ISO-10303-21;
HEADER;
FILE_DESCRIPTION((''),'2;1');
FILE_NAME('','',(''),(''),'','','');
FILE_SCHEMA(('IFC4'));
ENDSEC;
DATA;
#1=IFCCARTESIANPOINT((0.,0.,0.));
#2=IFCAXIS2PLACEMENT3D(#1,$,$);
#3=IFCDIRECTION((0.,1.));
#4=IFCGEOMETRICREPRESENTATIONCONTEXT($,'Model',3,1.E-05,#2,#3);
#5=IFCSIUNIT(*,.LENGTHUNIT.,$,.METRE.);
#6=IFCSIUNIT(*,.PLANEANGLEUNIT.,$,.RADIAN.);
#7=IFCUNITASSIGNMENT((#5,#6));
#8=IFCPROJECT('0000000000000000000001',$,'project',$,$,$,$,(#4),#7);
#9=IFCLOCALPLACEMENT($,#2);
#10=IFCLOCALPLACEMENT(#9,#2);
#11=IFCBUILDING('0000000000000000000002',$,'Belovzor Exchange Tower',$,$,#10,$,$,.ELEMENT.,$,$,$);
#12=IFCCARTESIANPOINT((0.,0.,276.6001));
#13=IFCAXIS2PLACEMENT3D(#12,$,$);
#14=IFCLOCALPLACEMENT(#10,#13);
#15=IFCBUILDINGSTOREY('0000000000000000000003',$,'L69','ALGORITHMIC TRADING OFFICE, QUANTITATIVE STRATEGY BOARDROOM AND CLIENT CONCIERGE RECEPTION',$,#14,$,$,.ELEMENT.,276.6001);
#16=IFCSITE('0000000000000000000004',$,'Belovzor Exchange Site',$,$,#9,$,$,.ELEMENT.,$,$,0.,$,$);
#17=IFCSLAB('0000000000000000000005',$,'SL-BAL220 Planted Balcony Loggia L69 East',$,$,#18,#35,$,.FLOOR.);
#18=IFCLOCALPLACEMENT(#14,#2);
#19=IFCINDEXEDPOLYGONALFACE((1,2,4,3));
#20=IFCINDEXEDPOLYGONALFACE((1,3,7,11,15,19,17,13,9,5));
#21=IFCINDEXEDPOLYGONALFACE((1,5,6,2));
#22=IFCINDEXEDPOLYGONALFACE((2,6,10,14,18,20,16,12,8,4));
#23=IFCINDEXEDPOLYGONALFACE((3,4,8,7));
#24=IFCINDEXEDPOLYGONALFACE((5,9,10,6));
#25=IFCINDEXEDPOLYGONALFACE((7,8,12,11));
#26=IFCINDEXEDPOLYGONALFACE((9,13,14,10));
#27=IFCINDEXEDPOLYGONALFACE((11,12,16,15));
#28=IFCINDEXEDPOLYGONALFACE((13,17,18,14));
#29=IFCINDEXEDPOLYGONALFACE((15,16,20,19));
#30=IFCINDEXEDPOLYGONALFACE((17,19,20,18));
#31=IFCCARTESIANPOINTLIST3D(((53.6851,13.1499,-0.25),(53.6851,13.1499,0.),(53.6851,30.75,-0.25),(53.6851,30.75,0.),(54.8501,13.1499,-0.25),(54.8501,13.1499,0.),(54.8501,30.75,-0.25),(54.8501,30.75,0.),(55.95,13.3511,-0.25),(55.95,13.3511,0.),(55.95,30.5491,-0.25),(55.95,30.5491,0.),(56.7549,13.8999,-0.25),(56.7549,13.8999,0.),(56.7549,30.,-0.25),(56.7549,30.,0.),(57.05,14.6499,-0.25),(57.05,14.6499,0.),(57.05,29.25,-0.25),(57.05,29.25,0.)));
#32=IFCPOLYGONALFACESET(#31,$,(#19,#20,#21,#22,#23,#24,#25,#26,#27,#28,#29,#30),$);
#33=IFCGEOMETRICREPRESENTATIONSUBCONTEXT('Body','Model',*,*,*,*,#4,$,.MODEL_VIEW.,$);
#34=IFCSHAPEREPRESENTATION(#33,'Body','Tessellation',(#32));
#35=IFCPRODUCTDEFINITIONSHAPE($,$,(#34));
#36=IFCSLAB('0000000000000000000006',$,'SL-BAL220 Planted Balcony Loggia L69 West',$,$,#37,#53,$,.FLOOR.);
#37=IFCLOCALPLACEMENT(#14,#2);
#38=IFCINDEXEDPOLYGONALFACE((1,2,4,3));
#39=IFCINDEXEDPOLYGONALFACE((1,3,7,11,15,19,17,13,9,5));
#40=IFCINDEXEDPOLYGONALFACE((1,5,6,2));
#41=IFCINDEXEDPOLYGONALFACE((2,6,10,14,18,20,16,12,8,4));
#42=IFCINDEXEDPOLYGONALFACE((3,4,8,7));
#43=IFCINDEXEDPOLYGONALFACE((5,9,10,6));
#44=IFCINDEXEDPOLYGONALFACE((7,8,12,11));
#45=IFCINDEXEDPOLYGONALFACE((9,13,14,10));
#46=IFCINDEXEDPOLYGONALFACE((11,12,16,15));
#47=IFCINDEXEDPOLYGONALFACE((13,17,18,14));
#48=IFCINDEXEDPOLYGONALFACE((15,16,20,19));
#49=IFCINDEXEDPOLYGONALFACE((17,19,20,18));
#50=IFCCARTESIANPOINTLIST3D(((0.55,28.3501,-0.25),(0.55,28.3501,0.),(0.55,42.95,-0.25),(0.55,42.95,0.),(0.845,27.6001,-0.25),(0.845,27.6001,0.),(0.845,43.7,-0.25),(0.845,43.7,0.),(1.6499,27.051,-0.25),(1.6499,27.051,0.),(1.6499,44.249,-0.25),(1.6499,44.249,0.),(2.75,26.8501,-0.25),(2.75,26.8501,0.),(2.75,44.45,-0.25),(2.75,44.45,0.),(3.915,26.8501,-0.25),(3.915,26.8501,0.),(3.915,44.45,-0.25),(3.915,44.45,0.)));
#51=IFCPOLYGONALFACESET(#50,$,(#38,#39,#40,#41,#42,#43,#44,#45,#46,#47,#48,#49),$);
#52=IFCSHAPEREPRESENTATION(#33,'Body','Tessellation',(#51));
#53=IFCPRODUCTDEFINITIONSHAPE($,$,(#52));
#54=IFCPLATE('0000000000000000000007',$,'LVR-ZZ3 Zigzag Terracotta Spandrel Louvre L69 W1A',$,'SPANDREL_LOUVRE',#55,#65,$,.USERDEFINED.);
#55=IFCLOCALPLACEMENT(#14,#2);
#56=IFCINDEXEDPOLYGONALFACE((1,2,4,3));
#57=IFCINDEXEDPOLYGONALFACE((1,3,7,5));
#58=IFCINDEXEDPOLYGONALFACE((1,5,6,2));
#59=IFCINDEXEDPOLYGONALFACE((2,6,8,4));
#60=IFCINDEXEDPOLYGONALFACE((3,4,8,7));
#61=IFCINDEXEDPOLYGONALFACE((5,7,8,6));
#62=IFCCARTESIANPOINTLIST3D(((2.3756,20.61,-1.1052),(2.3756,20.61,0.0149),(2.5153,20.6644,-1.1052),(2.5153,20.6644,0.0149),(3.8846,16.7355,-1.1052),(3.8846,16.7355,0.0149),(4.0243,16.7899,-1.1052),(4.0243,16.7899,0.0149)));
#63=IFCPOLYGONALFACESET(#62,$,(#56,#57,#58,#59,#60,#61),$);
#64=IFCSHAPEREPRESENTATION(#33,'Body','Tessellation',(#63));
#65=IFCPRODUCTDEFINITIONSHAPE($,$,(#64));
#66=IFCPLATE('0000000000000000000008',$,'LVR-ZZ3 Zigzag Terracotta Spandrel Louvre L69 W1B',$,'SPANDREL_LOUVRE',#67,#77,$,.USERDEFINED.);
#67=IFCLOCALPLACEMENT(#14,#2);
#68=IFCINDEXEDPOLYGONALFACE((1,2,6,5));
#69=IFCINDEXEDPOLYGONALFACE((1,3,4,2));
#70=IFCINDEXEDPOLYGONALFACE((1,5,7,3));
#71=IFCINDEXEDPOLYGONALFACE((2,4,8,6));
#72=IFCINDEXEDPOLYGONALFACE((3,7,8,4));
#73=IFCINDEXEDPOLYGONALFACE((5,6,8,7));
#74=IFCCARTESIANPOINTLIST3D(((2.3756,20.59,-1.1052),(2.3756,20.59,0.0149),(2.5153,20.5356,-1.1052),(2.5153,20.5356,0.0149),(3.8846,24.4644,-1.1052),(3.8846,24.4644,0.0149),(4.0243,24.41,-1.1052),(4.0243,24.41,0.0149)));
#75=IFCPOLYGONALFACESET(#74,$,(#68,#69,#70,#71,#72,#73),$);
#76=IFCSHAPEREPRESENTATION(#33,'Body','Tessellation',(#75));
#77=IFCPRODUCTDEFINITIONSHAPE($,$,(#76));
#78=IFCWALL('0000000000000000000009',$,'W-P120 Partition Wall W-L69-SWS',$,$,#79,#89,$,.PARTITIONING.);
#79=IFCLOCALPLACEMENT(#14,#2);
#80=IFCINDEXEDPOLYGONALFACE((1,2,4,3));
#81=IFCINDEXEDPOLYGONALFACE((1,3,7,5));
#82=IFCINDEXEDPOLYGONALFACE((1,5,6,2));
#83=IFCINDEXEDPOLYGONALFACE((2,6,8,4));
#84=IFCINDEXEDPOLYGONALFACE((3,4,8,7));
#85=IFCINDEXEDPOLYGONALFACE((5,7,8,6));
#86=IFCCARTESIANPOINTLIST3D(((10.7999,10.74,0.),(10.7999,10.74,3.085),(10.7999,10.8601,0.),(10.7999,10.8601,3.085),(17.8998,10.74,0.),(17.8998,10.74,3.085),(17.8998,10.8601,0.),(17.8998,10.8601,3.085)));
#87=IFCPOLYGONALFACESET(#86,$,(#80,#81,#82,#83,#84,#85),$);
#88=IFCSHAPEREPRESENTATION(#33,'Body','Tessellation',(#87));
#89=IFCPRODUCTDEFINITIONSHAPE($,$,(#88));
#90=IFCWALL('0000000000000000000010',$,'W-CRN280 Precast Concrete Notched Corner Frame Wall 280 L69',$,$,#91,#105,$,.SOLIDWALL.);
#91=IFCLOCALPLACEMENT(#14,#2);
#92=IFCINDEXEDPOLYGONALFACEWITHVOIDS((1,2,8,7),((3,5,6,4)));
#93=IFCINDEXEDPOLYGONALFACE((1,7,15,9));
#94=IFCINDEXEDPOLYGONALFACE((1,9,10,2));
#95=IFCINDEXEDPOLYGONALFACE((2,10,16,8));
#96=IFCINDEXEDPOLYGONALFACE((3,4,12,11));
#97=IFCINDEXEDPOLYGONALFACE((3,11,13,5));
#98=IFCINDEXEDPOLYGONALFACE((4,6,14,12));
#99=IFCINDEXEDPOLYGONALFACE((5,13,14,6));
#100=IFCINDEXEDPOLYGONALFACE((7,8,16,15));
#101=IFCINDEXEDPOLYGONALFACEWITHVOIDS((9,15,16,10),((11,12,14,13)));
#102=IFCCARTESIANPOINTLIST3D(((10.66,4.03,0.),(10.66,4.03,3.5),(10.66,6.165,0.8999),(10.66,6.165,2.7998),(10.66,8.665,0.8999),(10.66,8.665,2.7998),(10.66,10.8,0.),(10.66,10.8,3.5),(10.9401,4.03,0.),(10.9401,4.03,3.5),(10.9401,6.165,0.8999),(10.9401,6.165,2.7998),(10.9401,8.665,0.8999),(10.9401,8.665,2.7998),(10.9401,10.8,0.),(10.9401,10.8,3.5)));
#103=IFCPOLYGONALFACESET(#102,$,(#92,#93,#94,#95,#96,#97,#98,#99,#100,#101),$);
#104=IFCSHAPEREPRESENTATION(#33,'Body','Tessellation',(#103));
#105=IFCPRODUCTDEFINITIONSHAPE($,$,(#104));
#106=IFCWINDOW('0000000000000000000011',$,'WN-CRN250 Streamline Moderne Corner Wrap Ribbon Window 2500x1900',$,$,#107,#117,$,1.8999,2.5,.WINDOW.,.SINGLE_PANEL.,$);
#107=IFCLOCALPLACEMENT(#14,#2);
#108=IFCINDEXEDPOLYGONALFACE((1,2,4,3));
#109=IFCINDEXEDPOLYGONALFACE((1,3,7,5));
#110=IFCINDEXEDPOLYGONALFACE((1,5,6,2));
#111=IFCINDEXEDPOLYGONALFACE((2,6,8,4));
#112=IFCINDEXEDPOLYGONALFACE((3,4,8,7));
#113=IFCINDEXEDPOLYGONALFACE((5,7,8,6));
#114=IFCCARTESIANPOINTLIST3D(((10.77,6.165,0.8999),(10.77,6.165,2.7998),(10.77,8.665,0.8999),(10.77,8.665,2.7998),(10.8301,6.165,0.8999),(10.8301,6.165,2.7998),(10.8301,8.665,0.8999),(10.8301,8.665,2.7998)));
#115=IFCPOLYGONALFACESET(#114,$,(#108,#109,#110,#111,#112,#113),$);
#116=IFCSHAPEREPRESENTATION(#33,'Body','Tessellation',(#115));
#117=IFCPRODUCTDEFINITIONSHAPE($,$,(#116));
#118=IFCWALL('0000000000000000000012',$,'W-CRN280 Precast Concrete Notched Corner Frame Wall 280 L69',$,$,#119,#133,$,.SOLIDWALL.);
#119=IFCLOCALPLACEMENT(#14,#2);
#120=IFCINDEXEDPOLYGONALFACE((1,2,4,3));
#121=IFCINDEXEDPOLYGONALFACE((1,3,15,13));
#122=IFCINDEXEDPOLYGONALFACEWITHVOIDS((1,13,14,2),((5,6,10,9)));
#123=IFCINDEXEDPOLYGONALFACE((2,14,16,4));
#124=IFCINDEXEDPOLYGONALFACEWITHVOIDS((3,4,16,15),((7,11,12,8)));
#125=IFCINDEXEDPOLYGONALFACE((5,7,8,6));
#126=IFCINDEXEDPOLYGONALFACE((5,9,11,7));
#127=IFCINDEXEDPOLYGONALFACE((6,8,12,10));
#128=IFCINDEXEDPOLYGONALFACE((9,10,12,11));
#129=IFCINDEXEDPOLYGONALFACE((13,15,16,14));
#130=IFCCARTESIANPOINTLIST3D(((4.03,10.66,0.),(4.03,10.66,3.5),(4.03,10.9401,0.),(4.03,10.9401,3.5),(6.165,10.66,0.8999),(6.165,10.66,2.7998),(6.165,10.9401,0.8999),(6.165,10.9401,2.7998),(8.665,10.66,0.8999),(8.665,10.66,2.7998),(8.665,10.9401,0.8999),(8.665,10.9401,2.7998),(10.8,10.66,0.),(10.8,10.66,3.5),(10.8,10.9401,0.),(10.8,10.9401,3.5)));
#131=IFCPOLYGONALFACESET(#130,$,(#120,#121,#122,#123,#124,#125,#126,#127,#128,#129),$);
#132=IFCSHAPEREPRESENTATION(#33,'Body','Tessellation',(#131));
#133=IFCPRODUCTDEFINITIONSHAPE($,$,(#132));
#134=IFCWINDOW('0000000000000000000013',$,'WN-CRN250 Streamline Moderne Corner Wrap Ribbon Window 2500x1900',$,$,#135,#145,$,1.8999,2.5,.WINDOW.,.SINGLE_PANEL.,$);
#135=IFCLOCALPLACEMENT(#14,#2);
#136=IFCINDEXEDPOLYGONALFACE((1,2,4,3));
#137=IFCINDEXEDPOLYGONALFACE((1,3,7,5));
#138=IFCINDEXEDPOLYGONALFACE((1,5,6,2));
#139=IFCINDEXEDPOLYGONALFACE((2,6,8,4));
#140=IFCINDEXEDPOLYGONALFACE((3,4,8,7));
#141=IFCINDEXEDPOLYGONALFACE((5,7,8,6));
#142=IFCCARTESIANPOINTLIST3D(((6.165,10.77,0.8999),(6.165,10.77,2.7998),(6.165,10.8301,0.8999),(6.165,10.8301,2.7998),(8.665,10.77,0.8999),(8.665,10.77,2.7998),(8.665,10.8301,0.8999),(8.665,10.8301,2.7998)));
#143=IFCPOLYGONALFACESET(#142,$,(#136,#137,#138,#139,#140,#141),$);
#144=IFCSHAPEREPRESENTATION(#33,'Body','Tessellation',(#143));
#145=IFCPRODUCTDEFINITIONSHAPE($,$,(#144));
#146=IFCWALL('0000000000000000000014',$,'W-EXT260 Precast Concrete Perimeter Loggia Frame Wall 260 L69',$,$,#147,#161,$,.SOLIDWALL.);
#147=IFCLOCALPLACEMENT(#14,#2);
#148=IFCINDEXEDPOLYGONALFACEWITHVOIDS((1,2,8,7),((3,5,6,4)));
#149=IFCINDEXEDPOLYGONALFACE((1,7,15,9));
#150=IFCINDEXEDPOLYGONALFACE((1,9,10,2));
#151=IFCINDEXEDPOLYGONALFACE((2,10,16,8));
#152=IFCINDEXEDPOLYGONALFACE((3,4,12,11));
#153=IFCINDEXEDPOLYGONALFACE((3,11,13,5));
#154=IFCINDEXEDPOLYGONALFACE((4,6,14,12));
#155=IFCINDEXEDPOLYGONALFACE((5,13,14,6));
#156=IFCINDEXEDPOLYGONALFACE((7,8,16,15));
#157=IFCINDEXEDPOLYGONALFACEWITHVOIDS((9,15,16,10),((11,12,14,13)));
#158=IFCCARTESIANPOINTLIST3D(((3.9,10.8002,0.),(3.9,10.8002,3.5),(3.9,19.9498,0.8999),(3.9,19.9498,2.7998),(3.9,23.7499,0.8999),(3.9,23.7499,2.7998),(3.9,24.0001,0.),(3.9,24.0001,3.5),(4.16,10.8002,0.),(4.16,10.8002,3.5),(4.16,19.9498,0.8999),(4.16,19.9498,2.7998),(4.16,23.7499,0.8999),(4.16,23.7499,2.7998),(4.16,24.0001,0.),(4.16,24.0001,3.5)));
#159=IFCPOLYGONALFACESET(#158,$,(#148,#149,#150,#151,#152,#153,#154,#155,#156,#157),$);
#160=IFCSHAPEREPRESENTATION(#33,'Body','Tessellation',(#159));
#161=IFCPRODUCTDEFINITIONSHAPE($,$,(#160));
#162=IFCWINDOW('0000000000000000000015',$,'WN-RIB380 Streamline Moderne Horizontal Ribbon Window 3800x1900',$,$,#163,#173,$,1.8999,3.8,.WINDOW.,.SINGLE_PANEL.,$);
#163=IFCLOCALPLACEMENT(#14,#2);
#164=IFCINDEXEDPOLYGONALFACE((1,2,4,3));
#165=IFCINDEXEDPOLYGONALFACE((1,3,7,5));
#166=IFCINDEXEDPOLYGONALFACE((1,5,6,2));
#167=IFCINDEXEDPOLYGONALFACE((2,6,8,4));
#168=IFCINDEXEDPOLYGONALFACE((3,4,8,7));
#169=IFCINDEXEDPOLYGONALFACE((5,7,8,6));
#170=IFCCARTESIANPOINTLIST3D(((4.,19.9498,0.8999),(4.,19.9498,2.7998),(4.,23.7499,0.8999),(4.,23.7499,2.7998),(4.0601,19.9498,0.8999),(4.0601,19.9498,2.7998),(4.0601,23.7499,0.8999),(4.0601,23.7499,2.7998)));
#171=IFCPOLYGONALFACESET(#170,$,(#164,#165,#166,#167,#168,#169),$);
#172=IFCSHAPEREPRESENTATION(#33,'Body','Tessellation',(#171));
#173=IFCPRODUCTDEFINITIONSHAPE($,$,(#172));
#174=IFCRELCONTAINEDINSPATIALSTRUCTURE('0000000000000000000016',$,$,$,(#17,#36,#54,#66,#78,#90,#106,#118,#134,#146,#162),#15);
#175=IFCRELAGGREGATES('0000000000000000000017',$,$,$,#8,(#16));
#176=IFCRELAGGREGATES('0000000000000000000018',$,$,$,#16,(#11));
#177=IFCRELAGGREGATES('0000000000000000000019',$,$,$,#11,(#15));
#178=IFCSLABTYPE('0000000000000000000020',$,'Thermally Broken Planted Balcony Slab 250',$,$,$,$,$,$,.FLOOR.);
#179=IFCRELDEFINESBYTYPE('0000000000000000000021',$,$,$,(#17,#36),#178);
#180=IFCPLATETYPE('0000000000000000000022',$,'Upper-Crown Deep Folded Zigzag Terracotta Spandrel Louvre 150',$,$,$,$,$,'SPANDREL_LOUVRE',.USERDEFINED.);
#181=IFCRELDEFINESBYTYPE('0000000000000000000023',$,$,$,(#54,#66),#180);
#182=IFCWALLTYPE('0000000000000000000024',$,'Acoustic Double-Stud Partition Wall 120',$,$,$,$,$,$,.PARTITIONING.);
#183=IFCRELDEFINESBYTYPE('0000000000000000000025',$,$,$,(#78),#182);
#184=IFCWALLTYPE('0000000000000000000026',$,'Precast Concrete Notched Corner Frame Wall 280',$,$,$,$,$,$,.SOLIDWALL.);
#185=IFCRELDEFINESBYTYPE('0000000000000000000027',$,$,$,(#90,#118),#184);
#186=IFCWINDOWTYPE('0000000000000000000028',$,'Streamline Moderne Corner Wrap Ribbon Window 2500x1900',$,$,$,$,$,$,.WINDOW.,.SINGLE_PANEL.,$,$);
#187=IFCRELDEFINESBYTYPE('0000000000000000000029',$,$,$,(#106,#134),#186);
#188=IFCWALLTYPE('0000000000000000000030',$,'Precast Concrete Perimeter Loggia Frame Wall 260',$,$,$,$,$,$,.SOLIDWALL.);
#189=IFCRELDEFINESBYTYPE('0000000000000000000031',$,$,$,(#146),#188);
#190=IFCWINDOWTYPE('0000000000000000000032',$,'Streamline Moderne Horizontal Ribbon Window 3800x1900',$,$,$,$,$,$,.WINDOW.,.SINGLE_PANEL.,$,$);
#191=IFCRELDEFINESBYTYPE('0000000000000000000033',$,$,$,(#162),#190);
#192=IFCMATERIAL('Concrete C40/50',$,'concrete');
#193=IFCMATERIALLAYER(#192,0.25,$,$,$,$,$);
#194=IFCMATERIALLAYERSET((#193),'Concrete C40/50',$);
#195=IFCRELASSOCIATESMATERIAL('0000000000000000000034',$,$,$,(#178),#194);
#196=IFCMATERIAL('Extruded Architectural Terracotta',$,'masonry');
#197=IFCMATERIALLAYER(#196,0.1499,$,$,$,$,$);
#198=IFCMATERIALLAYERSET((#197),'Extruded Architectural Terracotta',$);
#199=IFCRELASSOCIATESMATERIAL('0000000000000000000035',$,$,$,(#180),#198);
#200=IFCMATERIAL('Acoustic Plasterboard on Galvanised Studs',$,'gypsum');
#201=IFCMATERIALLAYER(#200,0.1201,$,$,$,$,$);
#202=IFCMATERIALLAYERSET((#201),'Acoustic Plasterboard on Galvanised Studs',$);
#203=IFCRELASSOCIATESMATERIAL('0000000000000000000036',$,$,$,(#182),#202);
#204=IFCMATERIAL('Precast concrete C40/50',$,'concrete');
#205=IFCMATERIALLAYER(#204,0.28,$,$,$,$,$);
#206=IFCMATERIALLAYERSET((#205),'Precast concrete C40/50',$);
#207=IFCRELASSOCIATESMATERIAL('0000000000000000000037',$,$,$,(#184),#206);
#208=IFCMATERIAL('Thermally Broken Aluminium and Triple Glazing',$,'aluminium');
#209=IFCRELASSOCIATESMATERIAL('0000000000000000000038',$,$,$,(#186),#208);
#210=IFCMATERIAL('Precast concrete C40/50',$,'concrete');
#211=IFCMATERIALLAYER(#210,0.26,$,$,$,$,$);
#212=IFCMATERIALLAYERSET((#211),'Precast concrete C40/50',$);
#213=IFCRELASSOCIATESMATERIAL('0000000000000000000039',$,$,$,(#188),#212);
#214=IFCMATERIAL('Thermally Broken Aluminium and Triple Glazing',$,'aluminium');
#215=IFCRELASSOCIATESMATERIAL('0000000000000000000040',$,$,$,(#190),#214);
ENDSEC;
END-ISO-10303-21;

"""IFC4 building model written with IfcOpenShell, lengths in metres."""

from ifc_helpers import new_model, si_unit, direction, frame, frame_2d, origin, origin_2d, place, context, subcontext, project, spatial, polyline, rectangle, outline, extrude, material, layer, layer_set, type_object, element, fill, save


model = new_model("IFC4")

# Units and contexts
model_context = context("Model", 3, precision=1e-05, world=origin(), true_north=direction((0.0, 1.0)))
body_context = subcontext(model_context, "Body", "Model", "MODEL_VIEW")
ifc_project = project(units=[si_unit("LENGTHUNIT", "METRE"), si_unit("PLANEANGLEUNIT", "RADIAN")], contexts=[model_context])

# Site, building, storey
site_placement = place(None, origin())
site = spatial("IfcSite", under=ifc_project, at=site_placement, Name="Belovzor Exchange Site", CompositionType="ELEMENT", RefElevation=0.0)
building_placement = place(site_placement, origin())
building = spatial("IfcBuilding", under=site, at=building_placement, Name="Belovzor Exchange Tower", CompositionType="ELEMENT")
storey_placement = place(building_placement, frame((0.0, 0.0, 276.6001)))
storey = spatial("IfcBuildingStorey", under=building, at=storey_placement, Name="L69", Description="ALGORITHMIC TRADING OFFICE, QUANTITATIVE STRATEGY BOARDROOM AND CLIENT CONCIERGE RECEPTION", CompositionType="ELEMENT", Elevation=276.6001)

# Slabs
ifc_material_1 = material(Name="Concrete C40/50", Category="concrete")
ifc_layer_1 = layer(ifc_material_1, 0.25)
ifc_layer_set_1 = layer_set([ifc_layer_1], Name="Concrete C40/50")
slab_type_1 = type_object("IfcSlabType", Name="Thermally Broken Planted Balcony Slab 250", PredefinedType="FLOOR", material=ifc_layer_set_1)
slab_1_placement = place(storey_placement, frame((0.0, 0.0, -0.25)))
element("IfcSlab", 1, at=slab_1_placement, inside=storey, type_object=slab_type_1, Name="SL-BAL220 Planted Balcony Loggia L69 East", PredefinedType="FLOOR", context=body_context, shape_type="SweptSolid", body=[
    extrude(outline(polyline([(53.6851, 13.1499), (54.8501, 13.1499), (55.95, 13.3511), (56.7549, 13.8999), (57.05, 14.6499), (57.05, 29.25), (56.7549, 30.0), (55.95, 30.5491), (54.8501, 30.75), (53.6851, 30.75), (53.6851, 13.1499)])), origin(), (0.0, 0.0, 1.0), 0.25),
])
slab_2_placement = place(storey_placement, frame((0.0, 0.0, -0.25)))
element("IfcSlab", 2, at=slab_2_placement, inside=storey, type_object=slab_type_1, Name="SL-BAL220 Planted Balcony Loggia L69 West", PredefinedType="FLOOR", context=body_context, shape_type="SweptSolid", body=[
    extrude(outline(polyline([(3.915, 44.45), (2.75, 44.45), (1.6499, 44.249), (0.845, 43.7), (0.55, 42.95), (0.55, 28.3501), (0.845, 27.6001), (1.6499, 27.051), (2.75, 26.8501), (3.915, 26.8501), (3.915, 44.45)])), origin(), (0.0, 0.0, 1.0), 0.25),
])

# Plates
ifc_material_2 = material(Name="Extruded Architectural Terracotta", Category="masonry")
ifc_layer_2 = layer(ifc_material_2, 0.1499)
ifc_layer_set_2 = layer_set([ifc_layer_2], Name="Extruded Architectural Terracotta")
plate_type_1 = type_object("IfcPlateType", Name="Upper-Crown Deep Folded Zigzag Terracotta Spandrel Louvre 150", ElementType="SPANDREL_LOUVRE", PredefinedType="USERDEFINED", material=ifc_layer_set_2)
for number, where, z_axis, x_axis, name in (
    (3, (3.2, 18.7, -1.1052), (0.0, 0.0, 1.0), (-0.362926, 0.931818, 0.0), "LVR-ZZ3 Zigzag Terracotta Spandrel Louvre L69 W1A"),
    (4, (3.2, 22.5, -1.1052), (0.0, 0.0, 1.0), (0.362926, 0.931818, 0.0), "LVR-ZZ3 Zigzag Terracotta Spandrel Louvre L69 W1B"),
):
    element("IfcPlate", number, at=place(storey_placement, frame(where, z_axis=z_axis, x_axis=x_axis)), inside=storey, type_object=plate_type_1, Name=name, ObjectType="SPANDREL_LOUVRE", PredefinedType="USERDEFINED", context=body_context, shape_type="SweptSolid", body=[
        extrude(rectangle(XDim=4.158, YDim=0.1499, at=origin_2d()), origin(), (0.0, 0.0, 1.0), 1.1201),
    ])

# Wall
ifc_material_3 = material(Name="Acoustic Plasterboard on Galvanised Studs", Category="gypsum")
ifc_layer_3 = layer(ifc_material_3, 0.1201)
ifc_layer_set_3 = layer_set([ifc_layer_3], Name="Acoustic Plasterboard on Galvanised Studs")
wall_type_1 = type_object("IfcWallType", Name="Acoustic Double-Stud Partition Wall 120", PredefinedType="PARTITIONING", material=ifc_layer_set_3)
wall_1_placement = place(storey_placement, frame((10.8, 10.8, 0.0), z_axis=(0.0, 0.0, 1.0), x_axis=(1.0, 0.0, 0.0)))
element("IfcWall", 5, at=wall_1_placement, inside=storey, type_object=wall_type_1, Name="W-P120 Partition Wall W-L69-SWS", PredefinedType="PARTITIONING", context=body_context, shape_type="SweptSolid", body=[
    extrude(rectangle(XDim=7.0999, YDim=0.1201, at=frame_2d((3.5498, 0.0))), origin(), (0.0, 0.0, 1.0), 3.085),
])

# Walls, openings, windows
ifc_material_4 = material(Name="Precast concrete C40/50", Category="concrete")
ifc_layer_4 = layer(ifc_material_4, 0.28)
ifc_layer_set_4 = layer_set([ifc_layer_4], Name="Precast concrete C40/50")
wall_type_2 = type_object("IfcWallType", Name="Precast Concrete Notched Corner Frame Wall 280", PredefinedType="SOLIDWALL", material=ifc_layer_set_4)
wall_2_placement = place(storey_placement, frame((10.8, 4.03, 0.0), z_axis=(0.0, 0.0, 1.0), x_axis=(0.0, 1.0, 0.0)))
wall_2 = element("IfcWall", 6, at=wall_2_placement, inside=storey, type_object=wall_type_2, Name="W-CRN280 Precast Concrete Notched Corner Frame Wall 280 L69", PredefinedType="SOLIDWALL", context=body_context, shape_type="SweptSolid", body=[
    extrude(rectangle(XDim=6.77, YDim=0.28, at=frame_2d((3.385, 0.0))), origin(), (0.0, 0.0, 1.0), 3.5),
])
opening_1_placement = place(wall_2_placement, frame((2.135, 0.0, 0.8999)))
opening_1 = element("IfcOpeningElement", 7, at=opening_1_placement, cuts=wall_2, PredefinedType="OPENING", context=body_context, shape_type="SweptSolid", body=[
    extrude(rectangle(XDim=2.5, YDim=1.8999, at=frame_2d((1.25, 0.95))), frame((0.0, 0.1499, 0.0), z_axis=(0.0, -1.0, 0.0), x_axis=(1.0, 0.0, 0.0)), (0.0, 0.0, 1.0), 0.3),
])
ifc_material_5 = material(Name="Thermally Broken Aluminium and Triple Glazing", Category="aluminium")
window_type_1 = type_object("IfcWindowType", Name="Streamline Moderne Corner Wrap Ribbon Window 2500x1900", PartitioningType="SINGLE_PANEL", PredefinedType="WINDOW", material=ifc_material_5)
window_1_placement = place(opening_1_placement, origin())
window_1 = element("IfcWindow", 8, at=window_1_placement, inside=storey, type_object=window_type_1, Name="WN-CRN250 Streamline Moderne Corner Wrap Ribbon Window 2500x1900", OverallHeight=1.8999, OverallWidth=2.5, PartitioningType="SINGLE_PANEL", PredefinedType="WINDOW", context=body_context, shape_type="SweptSolid", body=[
    extrude(rectangle(XDim=2.5, YDim=1.8999, at=frame_2d((1.25, 0.95))), frame((0.0, 0.03, 0.0), z_axis=(0.0, -1.0, 0.0), x_axis=(1.0, 0.0, 0.0)), (0.0, 0.0, 1.0), 0.0601),
])
fill(opening_1, window_1)
wall_3_placement = place(storey_placement, frame((10.8, 10.8, 0.0), z_axis=(0.0, 0.0, 1.0), x_axis=(-1.0, 0.0, 0.0)))
wall_3 = element("IfcWall", 9, at=wall_3_placement, inside=storey, type_object=wall_type_2, Name="W-CRN280 Precast Concrete Notched Corner Frame Wall 280 L69", PredefinedType="SOLIDWALL", context=body_context, shape_type="SweptSolid", body=[
    extrude(rectangle(XDim=6.77, YDim=0.28, at=frame_2d((3.385, 0.0))), origin(), (0.0, 0.0, 1.0), 3.5),
])
opening_2_placement = place(wall_3_placement, frame((2.135, 0.0, 0.8999)))
opening_2 = element("IfcOpeningElement", 10, at=opening_2_placement, cuts=wall_3, PredefinedType="OPENING", context=body_context, shape_type="SweptSolid", body=[
    extrude(rectangle(XDim=2.5, YDim=1.8999, at=frame_2d((1.25, 0.95))), frame((0.0, 0.1499, 0.0), z_axis=(0.0, -1.0, 0.0), x_axis=(1.0, 0.0, 0.0)), (0.0, 0.0, 1.0), 0.3),
])
window_2_placement = place(opening_2_placement, origin())
window_2 = element("IfcWindow", 11, at=window_2_placement, inside=storey, type_object=window_type_1, Name="WN-CRN250 Streamline Moderne Corner Wrap Ribbon Window 2500x1900", OverallHeight=1.8999, OverallWidth=2.5, PartitioningType="SINGLE_PANEL", PredefinedType="WINDOW", context=body_context, shape_type="SweptSolid", body=[
    extrude(rectangle(XDim=2.5, YDim=1.8999, at=frame_2d((1.25, 0.95))), frame((0.0, 0.03, 0.0), z_axis=(0.0, -1.0, 0.0), x_axis=(1.0, 0.0, 0.0)), (0.0, 0.0, 1.0), 0.0601),
])
fill(opening_2, window_2)
ifc_material_6 = material(Name="Precast concrete C40/50", Category="concrete")
ifc_layer_5 = layer(ifc_material_6, 0.26)
ifc_layer_set_5 = layer_set([ifc_layer_5], Name="Precast concrete C40/50")
wall_type_3 = type_object("IfcWallType", Name="Precast Concrete Perimeter Loggia Frame Wall 260", PredefinedType="SOLIDWALL", material=ifc_layer_set_5)
wall_4_placement = place(storey_placement, frame((4.03, 10.8, 0.0), z_axis=(0.0, 0.0, 1.0), x_axis=(0.0, 1.0, 0.0)))
wall_4 = element("IfcWall", 12, at=wall_4_placement, inside=storey, type_object=wall_type_3, Name="W-EXT260 Precast Concrete Perimeter Loggia Frame Wall 260 L69", PredefinedType="SOLIDWALL", context=body_context, shape_type="SweptSolid", body=[
    extrude(rectangle(XDim=13.2, YDim=0.26, at=frame_2d((6.6001, 0.0))), origin(), (0.0, 0.0, 1.0), 3.5),
])
opening_3_placement = place(wall_4_placement, frame((9.1499, 0.0, 0.8999)))
opening_3 = element("IfcOpeningElement", 13, at=opening_3_placement, cuts=wall_4, PredefinedType="OPENING", context=body_context, shape_type="SweptSolid", body=[
    extrude(rectangle(XDim=3.8, YDim=1.8999, at=frame_2d((1.8999, 0.95))), frame((0.0, 0.1399, 0.0), z_axis=(0.0, -1.0, 0.0), x_axis=(1.0, 0.0, 0.0)), (0.0, 0.0, 1.0), 0.28),
])
ifc_material_7 = material(Name="Thermally Broken Aluminium and Triple Glazing", Category="aluminium")
window_type_2 = type_object("IfcWindowType", Name="Streamline Moderne Horizontal Ribbon Window 3800x1900", PartitioningType="SINGLE_PANEL", PredefinedType="WINDOW", material=ifc_material_7)
window_3_placement = place(opening_3_placement, origin())
window_3 = element("IfcWindow", 14, at=window_3_placement, inside=storey, type_object=window_type_2, Name="WN-RIB380 Streamline Moderne Horizontal Ribbon Window 3800x1900", OverallHeight=1.8999, OverallWidth=3.8, PartitioningType="SINGLE_PANEL", PredefinedType="WINDOW", context=body_context, shape_type="SweptSolid", body=[
    extrude(rectangle(XDim=3.8, YDim=1.8999, at=frame_2d((1.8999, 0.95))), frame((0.0, 0.03, 0.0), z_axis=(0.0, -1.0, 0.0), x_axis=(1.0, 0.0, 0.0)), (0.0, 0.0, 1.0), 0.0601),
])
fill(opening_3, window_3)

save(model, "model.ifc")
